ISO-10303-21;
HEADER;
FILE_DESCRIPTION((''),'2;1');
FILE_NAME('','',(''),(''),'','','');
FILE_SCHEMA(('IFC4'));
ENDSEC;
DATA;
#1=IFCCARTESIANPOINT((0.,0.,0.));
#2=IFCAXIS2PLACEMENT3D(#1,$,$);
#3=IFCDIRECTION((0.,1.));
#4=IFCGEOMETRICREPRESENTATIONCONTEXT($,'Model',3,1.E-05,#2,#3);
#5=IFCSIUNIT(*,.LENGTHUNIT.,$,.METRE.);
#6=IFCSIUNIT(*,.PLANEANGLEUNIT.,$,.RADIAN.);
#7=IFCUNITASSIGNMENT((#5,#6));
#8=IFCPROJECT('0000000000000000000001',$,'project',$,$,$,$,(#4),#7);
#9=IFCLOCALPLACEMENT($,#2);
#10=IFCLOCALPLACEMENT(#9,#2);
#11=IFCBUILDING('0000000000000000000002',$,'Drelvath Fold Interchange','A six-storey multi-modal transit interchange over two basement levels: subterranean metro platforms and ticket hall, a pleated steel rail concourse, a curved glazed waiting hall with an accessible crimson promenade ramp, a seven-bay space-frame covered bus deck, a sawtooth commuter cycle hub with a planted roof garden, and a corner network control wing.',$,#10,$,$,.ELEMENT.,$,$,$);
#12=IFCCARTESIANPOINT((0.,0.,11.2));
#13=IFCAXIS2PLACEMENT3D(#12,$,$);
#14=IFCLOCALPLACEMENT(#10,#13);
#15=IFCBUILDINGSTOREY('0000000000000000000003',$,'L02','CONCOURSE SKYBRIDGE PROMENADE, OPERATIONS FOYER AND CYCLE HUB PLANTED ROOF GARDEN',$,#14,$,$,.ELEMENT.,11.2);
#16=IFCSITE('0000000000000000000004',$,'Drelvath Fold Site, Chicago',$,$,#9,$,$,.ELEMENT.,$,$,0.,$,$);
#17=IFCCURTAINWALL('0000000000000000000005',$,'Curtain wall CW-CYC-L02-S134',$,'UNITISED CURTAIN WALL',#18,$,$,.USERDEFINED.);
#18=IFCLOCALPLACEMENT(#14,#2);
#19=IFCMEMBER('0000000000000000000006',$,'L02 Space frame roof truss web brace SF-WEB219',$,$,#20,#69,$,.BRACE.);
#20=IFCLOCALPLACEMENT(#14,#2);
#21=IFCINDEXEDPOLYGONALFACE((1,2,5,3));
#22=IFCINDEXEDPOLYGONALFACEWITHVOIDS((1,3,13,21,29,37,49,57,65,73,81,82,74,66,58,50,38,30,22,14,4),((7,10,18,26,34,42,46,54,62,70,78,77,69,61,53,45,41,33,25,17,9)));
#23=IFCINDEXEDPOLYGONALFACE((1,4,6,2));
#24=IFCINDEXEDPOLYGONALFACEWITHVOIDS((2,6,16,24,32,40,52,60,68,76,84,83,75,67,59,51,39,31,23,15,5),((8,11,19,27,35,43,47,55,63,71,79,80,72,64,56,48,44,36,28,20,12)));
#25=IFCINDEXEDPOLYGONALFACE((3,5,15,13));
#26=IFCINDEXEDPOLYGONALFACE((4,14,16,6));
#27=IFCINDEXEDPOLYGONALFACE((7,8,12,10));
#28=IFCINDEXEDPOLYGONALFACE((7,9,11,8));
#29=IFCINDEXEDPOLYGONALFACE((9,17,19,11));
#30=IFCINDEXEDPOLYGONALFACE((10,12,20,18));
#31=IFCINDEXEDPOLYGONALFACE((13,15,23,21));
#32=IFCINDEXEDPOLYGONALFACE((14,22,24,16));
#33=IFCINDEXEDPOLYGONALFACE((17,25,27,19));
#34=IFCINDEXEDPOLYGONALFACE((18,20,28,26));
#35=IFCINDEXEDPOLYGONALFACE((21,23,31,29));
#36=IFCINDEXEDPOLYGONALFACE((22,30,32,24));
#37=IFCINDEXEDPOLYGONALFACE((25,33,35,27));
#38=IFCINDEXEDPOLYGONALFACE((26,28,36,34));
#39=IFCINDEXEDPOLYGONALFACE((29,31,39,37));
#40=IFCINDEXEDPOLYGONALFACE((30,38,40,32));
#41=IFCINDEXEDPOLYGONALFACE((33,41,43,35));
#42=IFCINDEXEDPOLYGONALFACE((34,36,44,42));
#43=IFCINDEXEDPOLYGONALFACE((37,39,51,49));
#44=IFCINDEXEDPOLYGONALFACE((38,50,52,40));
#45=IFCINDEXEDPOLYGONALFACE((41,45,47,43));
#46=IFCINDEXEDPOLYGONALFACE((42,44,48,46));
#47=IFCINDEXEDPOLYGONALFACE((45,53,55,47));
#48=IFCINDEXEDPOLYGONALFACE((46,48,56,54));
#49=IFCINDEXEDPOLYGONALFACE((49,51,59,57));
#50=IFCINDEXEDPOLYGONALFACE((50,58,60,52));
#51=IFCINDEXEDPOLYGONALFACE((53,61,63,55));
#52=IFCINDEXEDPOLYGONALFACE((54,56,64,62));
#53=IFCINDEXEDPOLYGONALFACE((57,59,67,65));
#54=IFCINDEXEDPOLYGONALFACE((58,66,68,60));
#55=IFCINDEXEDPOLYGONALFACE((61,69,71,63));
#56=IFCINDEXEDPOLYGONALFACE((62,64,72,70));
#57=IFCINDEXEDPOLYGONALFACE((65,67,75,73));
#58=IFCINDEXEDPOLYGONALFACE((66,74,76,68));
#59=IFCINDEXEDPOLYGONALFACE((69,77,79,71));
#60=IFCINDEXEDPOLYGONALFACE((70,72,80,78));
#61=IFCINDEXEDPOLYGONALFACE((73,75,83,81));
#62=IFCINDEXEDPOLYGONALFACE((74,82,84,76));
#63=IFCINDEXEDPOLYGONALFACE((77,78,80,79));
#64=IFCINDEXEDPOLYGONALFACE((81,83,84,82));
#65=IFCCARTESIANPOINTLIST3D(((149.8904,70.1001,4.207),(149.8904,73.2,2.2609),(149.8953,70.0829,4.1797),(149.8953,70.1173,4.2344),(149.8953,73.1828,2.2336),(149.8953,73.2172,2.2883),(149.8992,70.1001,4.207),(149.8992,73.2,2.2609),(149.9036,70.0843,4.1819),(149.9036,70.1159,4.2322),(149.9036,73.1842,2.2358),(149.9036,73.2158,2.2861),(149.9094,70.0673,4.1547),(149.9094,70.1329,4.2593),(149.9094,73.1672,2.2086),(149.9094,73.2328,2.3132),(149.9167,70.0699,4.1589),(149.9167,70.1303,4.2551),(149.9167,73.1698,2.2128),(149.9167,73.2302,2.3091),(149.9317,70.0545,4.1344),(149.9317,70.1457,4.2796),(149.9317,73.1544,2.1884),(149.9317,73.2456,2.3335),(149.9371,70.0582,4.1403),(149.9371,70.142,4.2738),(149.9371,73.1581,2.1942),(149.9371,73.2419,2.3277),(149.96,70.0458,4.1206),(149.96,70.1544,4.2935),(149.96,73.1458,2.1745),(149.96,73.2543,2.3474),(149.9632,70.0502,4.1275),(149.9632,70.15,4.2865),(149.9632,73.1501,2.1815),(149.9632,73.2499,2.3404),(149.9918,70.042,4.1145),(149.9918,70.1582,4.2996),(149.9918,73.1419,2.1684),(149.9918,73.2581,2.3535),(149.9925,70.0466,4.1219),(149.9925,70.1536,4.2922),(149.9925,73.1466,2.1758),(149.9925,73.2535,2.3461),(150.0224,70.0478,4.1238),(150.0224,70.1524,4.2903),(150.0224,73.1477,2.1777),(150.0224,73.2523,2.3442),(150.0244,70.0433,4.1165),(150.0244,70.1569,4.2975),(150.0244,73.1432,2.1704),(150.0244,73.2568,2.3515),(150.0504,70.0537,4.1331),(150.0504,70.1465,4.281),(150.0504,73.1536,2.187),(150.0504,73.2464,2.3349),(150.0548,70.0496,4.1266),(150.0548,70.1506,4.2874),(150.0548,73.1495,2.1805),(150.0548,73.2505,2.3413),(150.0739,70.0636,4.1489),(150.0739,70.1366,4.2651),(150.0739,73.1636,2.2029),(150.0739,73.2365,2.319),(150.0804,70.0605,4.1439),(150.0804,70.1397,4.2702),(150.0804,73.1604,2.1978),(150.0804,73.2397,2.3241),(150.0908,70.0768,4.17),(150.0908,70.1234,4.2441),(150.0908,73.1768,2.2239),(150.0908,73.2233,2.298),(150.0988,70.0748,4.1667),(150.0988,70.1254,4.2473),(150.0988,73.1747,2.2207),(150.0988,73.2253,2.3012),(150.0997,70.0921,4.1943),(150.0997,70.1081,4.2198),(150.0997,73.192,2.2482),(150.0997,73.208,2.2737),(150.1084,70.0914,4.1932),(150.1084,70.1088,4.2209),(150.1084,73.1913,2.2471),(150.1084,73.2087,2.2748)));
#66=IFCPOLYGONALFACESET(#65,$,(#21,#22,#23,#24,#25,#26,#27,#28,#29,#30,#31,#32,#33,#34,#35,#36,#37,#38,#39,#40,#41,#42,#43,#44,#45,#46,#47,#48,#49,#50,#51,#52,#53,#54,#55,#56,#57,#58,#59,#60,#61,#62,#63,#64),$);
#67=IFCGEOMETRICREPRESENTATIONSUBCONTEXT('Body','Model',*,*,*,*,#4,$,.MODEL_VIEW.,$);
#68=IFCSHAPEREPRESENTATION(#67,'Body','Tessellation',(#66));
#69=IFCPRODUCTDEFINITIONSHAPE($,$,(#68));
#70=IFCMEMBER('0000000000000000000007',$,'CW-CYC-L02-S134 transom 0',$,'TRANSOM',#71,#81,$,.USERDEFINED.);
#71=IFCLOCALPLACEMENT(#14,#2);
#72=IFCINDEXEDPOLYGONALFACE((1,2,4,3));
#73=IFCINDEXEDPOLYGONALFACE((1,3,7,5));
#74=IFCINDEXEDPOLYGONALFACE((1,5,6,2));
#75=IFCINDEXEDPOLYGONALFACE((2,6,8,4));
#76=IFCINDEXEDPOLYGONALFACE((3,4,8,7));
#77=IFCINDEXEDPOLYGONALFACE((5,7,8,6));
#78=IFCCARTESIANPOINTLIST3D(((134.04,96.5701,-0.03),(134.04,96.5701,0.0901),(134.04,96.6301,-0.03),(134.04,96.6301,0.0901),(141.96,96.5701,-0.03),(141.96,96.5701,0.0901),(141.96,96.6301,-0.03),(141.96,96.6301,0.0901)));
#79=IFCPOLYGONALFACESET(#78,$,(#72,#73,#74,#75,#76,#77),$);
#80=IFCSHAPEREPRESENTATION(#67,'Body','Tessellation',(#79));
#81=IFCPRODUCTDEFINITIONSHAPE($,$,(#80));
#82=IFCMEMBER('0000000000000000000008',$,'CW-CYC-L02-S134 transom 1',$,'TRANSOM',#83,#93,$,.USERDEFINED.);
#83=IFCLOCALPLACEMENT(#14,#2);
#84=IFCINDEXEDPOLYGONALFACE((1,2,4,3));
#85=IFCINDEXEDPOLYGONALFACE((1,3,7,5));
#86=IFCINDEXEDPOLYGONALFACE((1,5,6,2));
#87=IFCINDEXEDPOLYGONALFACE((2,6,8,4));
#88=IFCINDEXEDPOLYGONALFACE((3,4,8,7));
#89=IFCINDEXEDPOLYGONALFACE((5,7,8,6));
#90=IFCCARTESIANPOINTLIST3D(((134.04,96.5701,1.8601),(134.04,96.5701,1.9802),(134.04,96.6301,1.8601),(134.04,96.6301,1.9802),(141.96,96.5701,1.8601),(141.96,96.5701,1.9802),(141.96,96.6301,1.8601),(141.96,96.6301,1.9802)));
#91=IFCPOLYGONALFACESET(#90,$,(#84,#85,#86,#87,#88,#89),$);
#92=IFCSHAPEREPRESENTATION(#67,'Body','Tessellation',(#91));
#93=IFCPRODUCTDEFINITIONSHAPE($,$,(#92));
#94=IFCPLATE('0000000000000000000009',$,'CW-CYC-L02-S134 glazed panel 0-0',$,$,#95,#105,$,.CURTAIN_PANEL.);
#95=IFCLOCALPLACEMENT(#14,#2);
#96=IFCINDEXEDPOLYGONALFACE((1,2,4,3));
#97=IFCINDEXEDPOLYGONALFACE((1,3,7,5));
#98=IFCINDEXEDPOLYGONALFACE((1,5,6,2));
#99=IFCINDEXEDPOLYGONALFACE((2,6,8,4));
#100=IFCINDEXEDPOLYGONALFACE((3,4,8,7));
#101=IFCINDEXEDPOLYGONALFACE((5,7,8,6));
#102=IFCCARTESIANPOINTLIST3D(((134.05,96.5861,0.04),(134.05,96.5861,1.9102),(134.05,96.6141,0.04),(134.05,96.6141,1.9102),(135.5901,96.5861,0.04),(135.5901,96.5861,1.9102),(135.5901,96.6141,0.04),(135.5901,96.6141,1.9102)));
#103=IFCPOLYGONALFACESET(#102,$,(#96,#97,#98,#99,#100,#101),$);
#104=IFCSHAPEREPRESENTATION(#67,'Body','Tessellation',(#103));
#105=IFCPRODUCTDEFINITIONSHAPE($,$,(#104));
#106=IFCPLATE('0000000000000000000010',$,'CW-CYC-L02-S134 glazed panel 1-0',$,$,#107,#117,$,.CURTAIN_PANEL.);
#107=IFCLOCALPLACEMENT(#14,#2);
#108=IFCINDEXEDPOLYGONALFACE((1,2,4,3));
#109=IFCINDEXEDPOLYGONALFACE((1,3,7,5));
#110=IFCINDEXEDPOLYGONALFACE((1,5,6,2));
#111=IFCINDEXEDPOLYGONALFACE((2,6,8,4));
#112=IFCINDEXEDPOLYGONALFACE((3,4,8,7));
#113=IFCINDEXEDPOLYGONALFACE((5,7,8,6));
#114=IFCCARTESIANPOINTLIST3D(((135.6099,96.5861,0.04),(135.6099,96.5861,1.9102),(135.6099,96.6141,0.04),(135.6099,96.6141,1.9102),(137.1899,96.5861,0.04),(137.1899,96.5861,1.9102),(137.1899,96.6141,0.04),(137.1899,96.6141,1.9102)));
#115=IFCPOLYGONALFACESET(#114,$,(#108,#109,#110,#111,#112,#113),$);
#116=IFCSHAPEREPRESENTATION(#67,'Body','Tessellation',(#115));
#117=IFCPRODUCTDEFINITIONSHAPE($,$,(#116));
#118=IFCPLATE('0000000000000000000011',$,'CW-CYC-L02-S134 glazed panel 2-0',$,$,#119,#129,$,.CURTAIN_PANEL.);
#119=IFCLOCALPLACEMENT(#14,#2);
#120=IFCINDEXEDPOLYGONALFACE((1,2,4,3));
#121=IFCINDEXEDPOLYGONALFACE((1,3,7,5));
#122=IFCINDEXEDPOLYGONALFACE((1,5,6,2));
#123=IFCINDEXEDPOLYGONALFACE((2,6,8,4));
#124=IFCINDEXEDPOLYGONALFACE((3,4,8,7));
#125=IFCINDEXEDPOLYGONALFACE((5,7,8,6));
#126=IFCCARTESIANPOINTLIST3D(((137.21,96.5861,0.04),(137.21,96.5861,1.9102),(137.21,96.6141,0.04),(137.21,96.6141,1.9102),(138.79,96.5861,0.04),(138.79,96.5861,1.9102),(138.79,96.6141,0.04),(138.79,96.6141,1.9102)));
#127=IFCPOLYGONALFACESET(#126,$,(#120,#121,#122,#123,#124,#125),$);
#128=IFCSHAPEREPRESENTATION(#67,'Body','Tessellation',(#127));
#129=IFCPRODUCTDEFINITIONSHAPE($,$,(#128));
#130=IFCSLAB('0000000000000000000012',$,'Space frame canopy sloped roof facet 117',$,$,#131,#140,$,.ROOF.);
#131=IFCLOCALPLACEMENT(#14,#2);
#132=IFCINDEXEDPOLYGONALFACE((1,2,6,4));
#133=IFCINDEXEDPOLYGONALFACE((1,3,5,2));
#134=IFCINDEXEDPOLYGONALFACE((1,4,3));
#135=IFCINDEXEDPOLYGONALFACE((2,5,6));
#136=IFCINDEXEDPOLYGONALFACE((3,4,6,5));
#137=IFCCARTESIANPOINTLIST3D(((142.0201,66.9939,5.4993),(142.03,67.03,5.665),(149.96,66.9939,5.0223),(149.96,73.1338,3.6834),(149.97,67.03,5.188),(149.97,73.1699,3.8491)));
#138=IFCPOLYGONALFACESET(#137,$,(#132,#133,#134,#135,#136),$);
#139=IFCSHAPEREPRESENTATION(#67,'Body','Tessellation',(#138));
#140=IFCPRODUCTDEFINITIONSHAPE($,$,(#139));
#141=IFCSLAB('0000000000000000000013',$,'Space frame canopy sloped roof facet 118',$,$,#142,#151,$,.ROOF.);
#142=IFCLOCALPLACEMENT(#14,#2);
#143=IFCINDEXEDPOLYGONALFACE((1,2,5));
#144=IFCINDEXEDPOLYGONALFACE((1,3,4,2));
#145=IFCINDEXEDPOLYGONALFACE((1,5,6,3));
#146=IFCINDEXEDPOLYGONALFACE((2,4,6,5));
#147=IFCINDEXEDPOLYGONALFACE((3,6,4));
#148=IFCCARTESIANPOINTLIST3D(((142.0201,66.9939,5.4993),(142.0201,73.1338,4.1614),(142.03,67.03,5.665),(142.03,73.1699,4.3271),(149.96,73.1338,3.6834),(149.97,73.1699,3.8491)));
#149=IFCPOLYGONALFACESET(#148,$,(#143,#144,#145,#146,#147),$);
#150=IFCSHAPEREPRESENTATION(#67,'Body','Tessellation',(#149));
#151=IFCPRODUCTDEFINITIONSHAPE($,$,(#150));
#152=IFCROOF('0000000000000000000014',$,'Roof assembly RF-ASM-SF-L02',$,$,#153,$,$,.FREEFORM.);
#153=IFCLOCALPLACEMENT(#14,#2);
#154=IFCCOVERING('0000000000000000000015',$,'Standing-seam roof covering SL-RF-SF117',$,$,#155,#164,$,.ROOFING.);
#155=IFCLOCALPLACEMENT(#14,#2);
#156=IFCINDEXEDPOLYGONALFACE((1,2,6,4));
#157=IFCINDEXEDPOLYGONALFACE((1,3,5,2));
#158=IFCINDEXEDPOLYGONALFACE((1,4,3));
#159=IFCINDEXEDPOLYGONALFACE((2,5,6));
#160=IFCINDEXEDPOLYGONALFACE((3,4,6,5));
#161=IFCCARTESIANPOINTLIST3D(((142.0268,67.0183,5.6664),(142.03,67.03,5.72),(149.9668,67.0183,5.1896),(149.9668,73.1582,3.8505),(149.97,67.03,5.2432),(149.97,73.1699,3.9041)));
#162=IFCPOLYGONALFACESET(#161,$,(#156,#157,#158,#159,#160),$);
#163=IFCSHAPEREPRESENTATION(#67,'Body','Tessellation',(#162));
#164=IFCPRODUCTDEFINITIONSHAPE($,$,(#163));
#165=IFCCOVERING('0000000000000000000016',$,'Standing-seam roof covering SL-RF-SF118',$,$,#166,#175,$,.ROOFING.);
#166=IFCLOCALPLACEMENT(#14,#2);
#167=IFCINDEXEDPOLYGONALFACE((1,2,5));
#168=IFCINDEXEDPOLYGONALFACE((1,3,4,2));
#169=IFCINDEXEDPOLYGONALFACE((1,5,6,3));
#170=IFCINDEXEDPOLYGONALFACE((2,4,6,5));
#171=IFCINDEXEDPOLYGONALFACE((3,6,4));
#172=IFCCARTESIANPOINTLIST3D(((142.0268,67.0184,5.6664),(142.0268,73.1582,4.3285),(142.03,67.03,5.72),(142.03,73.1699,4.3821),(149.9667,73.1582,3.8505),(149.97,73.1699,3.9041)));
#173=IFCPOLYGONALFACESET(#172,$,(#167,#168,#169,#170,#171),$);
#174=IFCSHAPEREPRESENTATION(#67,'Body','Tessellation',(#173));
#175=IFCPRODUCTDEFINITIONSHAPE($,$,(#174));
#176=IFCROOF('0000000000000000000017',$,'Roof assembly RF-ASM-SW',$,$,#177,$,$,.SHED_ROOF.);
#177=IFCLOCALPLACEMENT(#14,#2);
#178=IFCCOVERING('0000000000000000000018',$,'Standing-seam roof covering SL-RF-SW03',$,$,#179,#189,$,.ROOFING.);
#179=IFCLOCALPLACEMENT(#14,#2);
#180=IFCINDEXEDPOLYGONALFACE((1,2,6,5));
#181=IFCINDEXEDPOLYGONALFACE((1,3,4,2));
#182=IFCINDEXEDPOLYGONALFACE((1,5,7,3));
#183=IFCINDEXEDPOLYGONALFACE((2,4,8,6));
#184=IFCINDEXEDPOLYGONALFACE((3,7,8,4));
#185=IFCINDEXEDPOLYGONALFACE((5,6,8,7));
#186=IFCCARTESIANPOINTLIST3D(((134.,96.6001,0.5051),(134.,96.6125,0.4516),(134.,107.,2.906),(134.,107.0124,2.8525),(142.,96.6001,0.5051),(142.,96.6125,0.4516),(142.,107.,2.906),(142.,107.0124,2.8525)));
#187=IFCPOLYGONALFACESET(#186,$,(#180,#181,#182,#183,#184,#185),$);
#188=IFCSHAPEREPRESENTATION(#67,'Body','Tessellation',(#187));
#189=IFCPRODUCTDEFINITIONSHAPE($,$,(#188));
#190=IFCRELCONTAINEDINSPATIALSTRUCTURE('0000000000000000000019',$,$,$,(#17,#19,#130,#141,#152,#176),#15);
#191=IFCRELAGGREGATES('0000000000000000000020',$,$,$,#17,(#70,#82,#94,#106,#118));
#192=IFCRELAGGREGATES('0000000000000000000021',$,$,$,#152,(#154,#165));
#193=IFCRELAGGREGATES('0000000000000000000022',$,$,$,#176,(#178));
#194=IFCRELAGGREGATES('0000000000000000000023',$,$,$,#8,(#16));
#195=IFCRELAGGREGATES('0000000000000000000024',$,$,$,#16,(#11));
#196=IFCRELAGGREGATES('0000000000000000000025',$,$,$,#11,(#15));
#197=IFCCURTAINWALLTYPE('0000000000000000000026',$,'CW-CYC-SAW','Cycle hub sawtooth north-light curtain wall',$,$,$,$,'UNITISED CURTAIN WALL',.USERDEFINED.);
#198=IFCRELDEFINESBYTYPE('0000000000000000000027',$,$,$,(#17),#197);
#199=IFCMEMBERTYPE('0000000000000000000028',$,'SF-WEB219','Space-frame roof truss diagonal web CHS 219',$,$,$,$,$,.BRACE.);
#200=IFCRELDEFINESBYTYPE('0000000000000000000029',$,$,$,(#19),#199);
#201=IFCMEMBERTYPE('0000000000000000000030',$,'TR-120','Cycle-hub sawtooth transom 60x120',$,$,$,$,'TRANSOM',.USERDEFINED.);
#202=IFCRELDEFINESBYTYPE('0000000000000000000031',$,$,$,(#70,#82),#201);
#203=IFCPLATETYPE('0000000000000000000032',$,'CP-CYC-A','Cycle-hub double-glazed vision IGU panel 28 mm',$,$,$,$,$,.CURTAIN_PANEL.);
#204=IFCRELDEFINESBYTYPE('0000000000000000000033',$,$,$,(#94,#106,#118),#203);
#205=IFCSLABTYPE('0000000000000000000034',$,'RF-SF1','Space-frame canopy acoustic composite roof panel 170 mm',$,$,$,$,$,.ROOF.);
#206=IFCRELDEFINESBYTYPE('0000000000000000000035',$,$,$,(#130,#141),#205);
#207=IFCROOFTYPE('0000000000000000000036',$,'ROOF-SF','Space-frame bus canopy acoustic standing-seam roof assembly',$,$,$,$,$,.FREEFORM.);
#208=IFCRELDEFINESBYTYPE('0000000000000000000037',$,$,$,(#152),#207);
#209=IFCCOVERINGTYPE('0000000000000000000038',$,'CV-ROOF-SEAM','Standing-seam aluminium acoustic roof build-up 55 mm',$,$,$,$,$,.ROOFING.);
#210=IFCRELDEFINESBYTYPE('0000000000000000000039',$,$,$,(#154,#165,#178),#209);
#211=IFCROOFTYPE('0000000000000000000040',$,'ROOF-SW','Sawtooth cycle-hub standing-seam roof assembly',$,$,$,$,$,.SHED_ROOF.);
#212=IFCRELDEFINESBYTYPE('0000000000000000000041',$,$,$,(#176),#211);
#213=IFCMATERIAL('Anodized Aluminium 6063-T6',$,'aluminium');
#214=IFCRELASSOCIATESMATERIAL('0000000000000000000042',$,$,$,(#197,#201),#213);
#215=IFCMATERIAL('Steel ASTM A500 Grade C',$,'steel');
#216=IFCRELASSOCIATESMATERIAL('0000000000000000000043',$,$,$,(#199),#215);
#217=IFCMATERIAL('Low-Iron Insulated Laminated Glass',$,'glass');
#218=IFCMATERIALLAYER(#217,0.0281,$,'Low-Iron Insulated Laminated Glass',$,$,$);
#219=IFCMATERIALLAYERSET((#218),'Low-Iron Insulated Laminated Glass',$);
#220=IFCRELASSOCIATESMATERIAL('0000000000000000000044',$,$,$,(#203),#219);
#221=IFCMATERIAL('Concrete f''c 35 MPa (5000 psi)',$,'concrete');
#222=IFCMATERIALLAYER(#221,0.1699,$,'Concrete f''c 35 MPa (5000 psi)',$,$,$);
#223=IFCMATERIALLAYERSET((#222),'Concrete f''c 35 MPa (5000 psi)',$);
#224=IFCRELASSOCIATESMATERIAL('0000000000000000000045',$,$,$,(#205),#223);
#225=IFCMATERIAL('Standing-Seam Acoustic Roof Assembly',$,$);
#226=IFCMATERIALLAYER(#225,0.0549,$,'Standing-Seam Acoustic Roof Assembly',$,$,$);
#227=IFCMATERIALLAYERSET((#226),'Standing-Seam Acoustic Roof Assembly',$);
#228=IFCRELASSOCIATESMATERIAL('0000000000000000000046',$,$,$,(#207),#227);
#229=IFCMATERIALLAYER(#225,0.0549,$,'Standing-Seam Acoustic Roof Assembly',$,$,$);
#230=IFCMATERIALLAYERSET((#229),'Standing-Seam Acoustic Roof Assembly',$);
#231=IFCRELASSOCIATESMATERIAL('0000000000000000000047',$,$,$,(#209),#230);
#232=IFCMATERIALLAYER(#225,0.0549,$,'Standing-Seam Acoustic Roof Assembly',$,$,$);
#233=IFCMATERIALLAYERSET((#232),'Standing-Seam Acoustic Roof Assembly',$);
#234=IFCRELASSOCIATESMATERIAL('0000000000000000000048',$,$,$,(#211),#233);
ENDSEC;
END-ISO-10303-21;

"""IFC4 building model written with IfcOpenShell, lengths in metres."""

from ifc_helpers import new_model, si_unit, direction, frame, origin, origin_2d, place, context, subcontext, project, spatial, polyline, rectangle, hollow_circle, outline, extrude, material, layer, layer_set, material_profile, profile_set, type_object, element, aggregate, save


model = new_model("IFC4")

# Units and contexts
model_context = context("Model", 3, precision=1e-05, world=origin(), true_north=direction((0.0, 1.0)))
body_context = subcontext(model_context, "Body", "Model", "MODEL_VIEW")
ifc_project = project(units=[si_unit("LENGTHUNIT", "METRE"), si_unit("PLANEANGLEUNIT", "RADIAN")], contexts=[model_context])

# Site, building, storey
site_placement = place(None, origin())
site = spatial("IfcSite", under=ifc_project, at=site_placement, Name="Drelvath Fold Site, Chicago", CompositionType="ELEMENT", RefElevation=0.0)
building_placement = place(site_placement, origin())
building = spatial("IfcBuilding", under=site, at=building_placement, Name="Drelvath Fold Interchange", Description="A six-storey multi-modal transit interchange over two basement levels: subterranean metro platforms and ticket hall, a pleated steel rail concourse, a curved glazed waiting hall with an accessible crimson promenade ramp, a seven-bay space-frame covered bus deck, a sawtooth commuter cycle hub with a planted roof garden, and a corner network control wing.", CompositionType="ELEMENT")
storey_placement = place(building_placement, frame((0.0, 0.0, 11.2)))
storey = spatial("IfcBuildingStorey", under=building, at=storey_placement, Name="L02", Description="CONCOURSE SKYBRIDGE PROMENADE, OPERATIONS FOYER AND CYCLE HUB PLANTED ROOF GARDEN", CompositionType="ELEMENT", Elevation=11.2)

# Curtain wall
ifc_material_1 = material(Name="Anodized Aluminium 6063-T6", Category="aluminium")
curtain_wall_type = type_object("IfcCurtainWallType", Name="CW-CYC-SAW", Description="Cycle hub sawtooth north-light curtain wall", ElementType="UNITISED CURTAIN WALL", PredefinedType="USERDEFINED", material=ifc_material_1)
curtain_wall_placement = place(storey_placement, origin())
curtain_wall = element("IfcCurtainWall", 1, at=curtain_wall_placement, inside=storey, type_object=curtain_wall_type, Name="Curtain wall CW-CYC-L02-S134", ObjectType="UNITISED CURTAIN WALL", PredefinedType="USERDEFINED")

# Members
ifc_material_2 = material(Name="Steel ASTM A500 Grade C", Category="steel")
ifc_material_profile_1 = material_profile(ifc_material_2, hollow_circle(Radius=0.1096, WallThickness=0.0088, at=origin_2d()), Name="HSS8.625X0.375")
ifc_profile_set_1 = profile_set([ifc_material_profile_1], Name="Steel ASTM A500 Grade C")
member_type_1 = type_object("IfcMemberType", Name="SF-WEB219", Description="Space-frame roof truss diagonal web CHS 219", PredefinedType="BRACE", material=ifc_profile_set_1)
member_1_placement = place(storey_placement, frame((150.0, 70.1001, 4.207), z_axis=(0.0, 0.846936, -0.531695), x_axis=(-1.0, 0.0, 0.0)))
element("IfcMember", 2, at=member_1_placement, inside=storey, type_object=member_type_1, Name="L02 Space frame roof truss web brace SF-WEB219", PredefinedType="BRACE", context=body_context, shape_type="SweptSolid", body=[
    extrude(hollow_circle(Radius=0.1096, WallThickness=0.0088, at=origin_2d()), origin(), (0.0, 0.0, 1.0), 3.6602),
])
ifc_material_profile_2 = material_profile(ifc_material_1, rectangle(XDim=0.0601, YDim=0.1201, at=origin_2d()), Name="AL-T 60x120")
ifc_profile_set_2 = profile_set([ifc_material_profile_2], Name="Anodized Aluminium 6063-T6")
member_type_2 = type_object("IfcMemberType", Name="TR-120", Description="Cycle-hub sawtooth transom 60x120", ElementType="TRANSOM", PredefinedType="USERDEFINED", material=ifc_profile_set_2)
member_2_placement = place(storey_placement, frame((134.04, 96.6001, 0.03), z_axis=(1.0, 0.0, 0.0), x_axis=(0.0, 1.0, 0.0)))
member_2 = element("IfcMember", 3, at=member_2_placement, type_object=member_type_2, Name="CW-CYC-L02-S134 transom 0", ObjectType="TRANSOM", PredefinedType="USERDEFINED", context=body_context, shape_type="SweptSolid", body=[
    extrude(rectangle(XDim=0.0601, YDim=0.1201, at=origin_2d()), origin(), (0.0, 0.0, 1.0), 7.9199),
])
member_3_placement = place(storey_placement, frame((134.04, 96.6001, 1.9202), z_axis=(1.0, 0.0, 0.0), x_axis=(0.0, 1.0, 0.0)))
member_3 = element("IfcMember", 4, at=member_3_placement, type_object=member_type_2, Name="CW-CYC-L02-S134 transom 1", ObjectType="TRANSOM", PredefinedType="USERDEFINED", context=body_context, shape_type="SweptSolid", body=[
    extrude(rectangle(XDim=0.0601, YDim=0.1201, at=origin_2d()), origin(), (0.0, 0.0, 1.0), 7.9199),
])

# Plates
ifc_material_3 = material(Name="Low-Iron Insulated Laminated Glass", Category="glass")
ifc_layer_1 = layer(ifc_material_3, 0.0281, Name="Low-Iron Insulated Laminated Glass")
ifc_layer_set_1 = layer_set([ifc_layer_1], Name="Low-Iron Insulated Laminated Glass")
plate_type = type_object("IfcPlateType", Name="CP-CYC-A", Description="Cycle-hub double-glazed vision IGU panel 28 mm", PredefinedType="CURTAIN_PANEL", material=ifc_layer_set_1)
plate_1_placement = place(storey_placement, frame((134.8201, 96.6001, 0.04), z_axis=(0.0, 0.0, 1.0), x_axis=(1.0, 0.0, 0.0)))
plate_1 = element("IfcPlate", 5, at=plate_1_placement, type_object=plate_type, Name="CW-CYC-L02-S134 glazed panel 0-0", PredefinedType="CURTAIN_PANEL", context=body_context, shape_type="SweptSolid", body=[
    extrude(rectangle(XDim=1.54, YDim=0.0281, at=origin_2d()), origin(), (0.0, 0.0, 1.0), 1.8701),
])
plate_2_placement = place(storey_placement, frame((136.3999, 96.6001, 0.04), z_axis=(0.0, 0.0, 1.0), x_axis=(1.0, 0.0, 0.0)))
plate_2 = element("IfcPlate", 6, at=plate_2_placement, type_object=plate_type, Name="CW-CYC-L02-S134 glazed panel 1-0", PredefinedType="CURTAIN_PANEL", context=body_context, shape_type="SweptSolid", body=[
    extrude(rectangle(XDim=1.5801, YDim=0.0281, at=origin_2d()), origin(), (0.0, 0.0, 1.0), 1.8701),
])
plate_3_placement = place(storey_placement, frame((138.0, 96.6001, 0.04), z_axis=(0.0, 0.0, 1.0), x_axis=(1.0, 0.0, 0.0)))
plate_3 = element("IfcPlate", 7, at=plate_3_placement, type_object=plate_type, Name="CW-CYC-L02-S134 glazed panel 2-0", PredefinedType="CURTAIN_PANEL", context=body_context, shape_type="SweptSolid", body=[
    extrude(rectangle(XDim=1.5801, YDim=0.0281, at=origin_2d()), origin(), (0.0, 0.0, 1.0), 1.8701),
])
aggregate(curtain_wall, [member_2, member_3, plate_1, plate_2, plate_3])

# Slabs
ifc_material_4 = material(Name="Concrete f'c 35 MPa (5000 psi)", Category="concrete")
ifc_layer_2 = layer(ifc_material_4, 0.1699, Name="Concrete f'c 35 MPa (5000 psi)")
ifc_layer_set_2 = layer_set([ifc_layer_2], Name="Concrete f'c 35 MPa (5000 psi)")
slab_type = type_object("IfcSlabType", Name="RF-SF1", Description="Space-frame canopy acoustic composite roof panel 170 mm", PredefinedType="ROOF", material=ifc_layer_set_2)
slab_1_placement = place(storey_placement, frame((142.03, 67.03, 5.665), z_axis=(0.058602, 0.212688, 0.975361), x_axis=(0.9982, 0.0, -0.059974)))
element("IfcSlab", 8, at=slab_1_placement, inside=storey, type_object=slab_type, Name="Space frame canopy sloped roof facet 117", PredefinedType="ROOF", context=body_context, shape_type="SweptSolid", body=[
    extrude(outline(polyline([(0.0, 0.0), (7.9543, 0.0), (8.0346, 6.2837), (0.0, 0.0)])), origin(), (0.0, 0.0, -1.0), 0.1699),
])
slab_2_placement = place(storey_placement, frame((142.03, 67.03, 5.665), z_axis=(0.058724, 0.212538, 0.975387), x_axis=(0.778431, 0.601955, -0.178032)))
element("IfcSlab", 9, at=slab_2_placement, inside=storey, type_object=slab_type, Name="Space frame canopy sloped roof facet 118", PredefinedType="ROOF", context=body_context, shape_type="SweptSolid", body=[
    extrude(outline(polyline([(0.0, 0.0), (10.1999, 0.0), (3.9341, 4.9001), (0.0, 0.0)])), origin(), (0.0, 0.0, -1.0), 0.1699),
])

# Roofs, coverings
ifc_material_5 = material(Name="Standing-Seam Acoustic Roof Assembly")
ifc_layer_3 = layer(ifc_material_5, 0.0549, Name="Standing-Seam Acoustic Roof Assembly")
ifc_layer_set_3 = layer_set([ifc_layer_3], Name="Standing-Seam Acoustic Roof Assembly")
roof_type_1 = type_object("IfcRoofType", Name="ROOF-SF", Description="Space-frame bus canopy acoustic standing-seam roof assembly", PredefinedType="FREEFORM", material=ifc_layer_set_3)
roof_1_placement = place(storey_placement, origin())
roof_1 = element("IfcRoof", 10, at=roof_1_placement, inside=storey, type_object=roof_type_1, Name="Roof assembly RF-ASM-SF-L02", PredefinedType="FREEFORM")
ifc_layer_4 = layer(ifc_material_5, 0.0549, Name="Standing-Seam Acoustic Roof Assembly")
ifc_layer_set_4 = layer_set([ifc_layer_4], Name="Standing-Seam Acoustic Roof Assembly")
covering_type = type_object("IfcCoveringType", Name="CV-ROOF-SEAM", Description="Standing-seam aluminium acoustic roof build-up 55 mm", PredefinedType="ROOFING", material=ifc_layer_set_4)
covering_1_placement = place(storey_placement, frame((142.03, 67.03, 5.72), z_axis=(0.058572, 0.212725, 0.975355), x_axis=(0.998202, 0.0, -0.059944)))
covering_1 = element("IfcCovering", 11, at=covering_1_placement, type_object=covering_type, Name="Standing-seam roof covering SL-RF-SF117", PredefinedType="ROOFING", context=body_context, shape_type="SweptSolid", body=[
    extrude(outline(polyline([(0.0, 0.0), (7.9542, 0.0), (8.0345, 6.2837), (0.0, 0.0)])), origin(), (0.0, 0.0, -1.0), 0.0549),
])
covering_2_placement = place(storey_placement, frame((142.03, 67.03, 5.72), z_axis=(0.058724, 0.212538, 0.975387), x_axis=(0.778431, 0.601955, -0.178032)))
covering_2 = element("IfcCovering", 12, at=covering_2_placement, type_object=covering_type, Name="Standing-seam roof covering SL-RF-SF118", PredefinedType="ROOFING", context=body_context, shape_type="SweptSolid", body=[
    extrude(outline(polyline([(0.0, 0.0), (10.1999, 0.0), (3.9341, 4.9001), (0.0, 0.0)])), origin(), (0.0, 0.0, -1.0), 0.0549),
])
aggregate(roof_1, [covering_1, covering_2])
ifc_layer_5 = layer(ifc_material_5, 0.0549, Name="Standing-Seam Acoustic Roof Assembly")
ifc_layer_set_5 = layer_set([ifc_layer_5], Name="Standing-Seam Acoustic Roof Assembly")
roof_type_2 = type_object("IfcRoofType", Name="ROOF-SW", Description="Sawtooth cycle-hub standing-seam roof assembly", PredefinedType="SHED_ROOF", material=ifc_layer_set_5)
roof_2_placement = place(storey_placement, origin())
roof_2 = element("IfcRoof", 13, at=roof_2_placement, inside=storey, type_object=roof_type_2, Name="Roof assembly RF-ASM-SW", PredefinedType="SHED_ROOF")
covering_3_placement = place(storey_placement, frame((134.0, 96.6001, 0.5051), z_axis=(0.0, -0.22494, 0.974373), x_axis=(1.0, 0.0, 0.0)))
covering_3 = element("IfcCovering", 14, at=covering_3_placement, type_object=covering_type, Name="Standing-seam roof covering SL-RF-SW03", PredefinedType="ROOFING", context=body_context, shape_type="SweptSolid", body=[
    extrude(outline(polyline([(0.0, 0.0), (8.0, 0.0), (8.0, 10.6734), (0.0, 10.6734), (0.0, 0.0)])), origin(), (0.0, 0.0, -1.0), 0.0549),
])
aggregate(roof_2, [covering_3])

save(model, "model.ifc")
